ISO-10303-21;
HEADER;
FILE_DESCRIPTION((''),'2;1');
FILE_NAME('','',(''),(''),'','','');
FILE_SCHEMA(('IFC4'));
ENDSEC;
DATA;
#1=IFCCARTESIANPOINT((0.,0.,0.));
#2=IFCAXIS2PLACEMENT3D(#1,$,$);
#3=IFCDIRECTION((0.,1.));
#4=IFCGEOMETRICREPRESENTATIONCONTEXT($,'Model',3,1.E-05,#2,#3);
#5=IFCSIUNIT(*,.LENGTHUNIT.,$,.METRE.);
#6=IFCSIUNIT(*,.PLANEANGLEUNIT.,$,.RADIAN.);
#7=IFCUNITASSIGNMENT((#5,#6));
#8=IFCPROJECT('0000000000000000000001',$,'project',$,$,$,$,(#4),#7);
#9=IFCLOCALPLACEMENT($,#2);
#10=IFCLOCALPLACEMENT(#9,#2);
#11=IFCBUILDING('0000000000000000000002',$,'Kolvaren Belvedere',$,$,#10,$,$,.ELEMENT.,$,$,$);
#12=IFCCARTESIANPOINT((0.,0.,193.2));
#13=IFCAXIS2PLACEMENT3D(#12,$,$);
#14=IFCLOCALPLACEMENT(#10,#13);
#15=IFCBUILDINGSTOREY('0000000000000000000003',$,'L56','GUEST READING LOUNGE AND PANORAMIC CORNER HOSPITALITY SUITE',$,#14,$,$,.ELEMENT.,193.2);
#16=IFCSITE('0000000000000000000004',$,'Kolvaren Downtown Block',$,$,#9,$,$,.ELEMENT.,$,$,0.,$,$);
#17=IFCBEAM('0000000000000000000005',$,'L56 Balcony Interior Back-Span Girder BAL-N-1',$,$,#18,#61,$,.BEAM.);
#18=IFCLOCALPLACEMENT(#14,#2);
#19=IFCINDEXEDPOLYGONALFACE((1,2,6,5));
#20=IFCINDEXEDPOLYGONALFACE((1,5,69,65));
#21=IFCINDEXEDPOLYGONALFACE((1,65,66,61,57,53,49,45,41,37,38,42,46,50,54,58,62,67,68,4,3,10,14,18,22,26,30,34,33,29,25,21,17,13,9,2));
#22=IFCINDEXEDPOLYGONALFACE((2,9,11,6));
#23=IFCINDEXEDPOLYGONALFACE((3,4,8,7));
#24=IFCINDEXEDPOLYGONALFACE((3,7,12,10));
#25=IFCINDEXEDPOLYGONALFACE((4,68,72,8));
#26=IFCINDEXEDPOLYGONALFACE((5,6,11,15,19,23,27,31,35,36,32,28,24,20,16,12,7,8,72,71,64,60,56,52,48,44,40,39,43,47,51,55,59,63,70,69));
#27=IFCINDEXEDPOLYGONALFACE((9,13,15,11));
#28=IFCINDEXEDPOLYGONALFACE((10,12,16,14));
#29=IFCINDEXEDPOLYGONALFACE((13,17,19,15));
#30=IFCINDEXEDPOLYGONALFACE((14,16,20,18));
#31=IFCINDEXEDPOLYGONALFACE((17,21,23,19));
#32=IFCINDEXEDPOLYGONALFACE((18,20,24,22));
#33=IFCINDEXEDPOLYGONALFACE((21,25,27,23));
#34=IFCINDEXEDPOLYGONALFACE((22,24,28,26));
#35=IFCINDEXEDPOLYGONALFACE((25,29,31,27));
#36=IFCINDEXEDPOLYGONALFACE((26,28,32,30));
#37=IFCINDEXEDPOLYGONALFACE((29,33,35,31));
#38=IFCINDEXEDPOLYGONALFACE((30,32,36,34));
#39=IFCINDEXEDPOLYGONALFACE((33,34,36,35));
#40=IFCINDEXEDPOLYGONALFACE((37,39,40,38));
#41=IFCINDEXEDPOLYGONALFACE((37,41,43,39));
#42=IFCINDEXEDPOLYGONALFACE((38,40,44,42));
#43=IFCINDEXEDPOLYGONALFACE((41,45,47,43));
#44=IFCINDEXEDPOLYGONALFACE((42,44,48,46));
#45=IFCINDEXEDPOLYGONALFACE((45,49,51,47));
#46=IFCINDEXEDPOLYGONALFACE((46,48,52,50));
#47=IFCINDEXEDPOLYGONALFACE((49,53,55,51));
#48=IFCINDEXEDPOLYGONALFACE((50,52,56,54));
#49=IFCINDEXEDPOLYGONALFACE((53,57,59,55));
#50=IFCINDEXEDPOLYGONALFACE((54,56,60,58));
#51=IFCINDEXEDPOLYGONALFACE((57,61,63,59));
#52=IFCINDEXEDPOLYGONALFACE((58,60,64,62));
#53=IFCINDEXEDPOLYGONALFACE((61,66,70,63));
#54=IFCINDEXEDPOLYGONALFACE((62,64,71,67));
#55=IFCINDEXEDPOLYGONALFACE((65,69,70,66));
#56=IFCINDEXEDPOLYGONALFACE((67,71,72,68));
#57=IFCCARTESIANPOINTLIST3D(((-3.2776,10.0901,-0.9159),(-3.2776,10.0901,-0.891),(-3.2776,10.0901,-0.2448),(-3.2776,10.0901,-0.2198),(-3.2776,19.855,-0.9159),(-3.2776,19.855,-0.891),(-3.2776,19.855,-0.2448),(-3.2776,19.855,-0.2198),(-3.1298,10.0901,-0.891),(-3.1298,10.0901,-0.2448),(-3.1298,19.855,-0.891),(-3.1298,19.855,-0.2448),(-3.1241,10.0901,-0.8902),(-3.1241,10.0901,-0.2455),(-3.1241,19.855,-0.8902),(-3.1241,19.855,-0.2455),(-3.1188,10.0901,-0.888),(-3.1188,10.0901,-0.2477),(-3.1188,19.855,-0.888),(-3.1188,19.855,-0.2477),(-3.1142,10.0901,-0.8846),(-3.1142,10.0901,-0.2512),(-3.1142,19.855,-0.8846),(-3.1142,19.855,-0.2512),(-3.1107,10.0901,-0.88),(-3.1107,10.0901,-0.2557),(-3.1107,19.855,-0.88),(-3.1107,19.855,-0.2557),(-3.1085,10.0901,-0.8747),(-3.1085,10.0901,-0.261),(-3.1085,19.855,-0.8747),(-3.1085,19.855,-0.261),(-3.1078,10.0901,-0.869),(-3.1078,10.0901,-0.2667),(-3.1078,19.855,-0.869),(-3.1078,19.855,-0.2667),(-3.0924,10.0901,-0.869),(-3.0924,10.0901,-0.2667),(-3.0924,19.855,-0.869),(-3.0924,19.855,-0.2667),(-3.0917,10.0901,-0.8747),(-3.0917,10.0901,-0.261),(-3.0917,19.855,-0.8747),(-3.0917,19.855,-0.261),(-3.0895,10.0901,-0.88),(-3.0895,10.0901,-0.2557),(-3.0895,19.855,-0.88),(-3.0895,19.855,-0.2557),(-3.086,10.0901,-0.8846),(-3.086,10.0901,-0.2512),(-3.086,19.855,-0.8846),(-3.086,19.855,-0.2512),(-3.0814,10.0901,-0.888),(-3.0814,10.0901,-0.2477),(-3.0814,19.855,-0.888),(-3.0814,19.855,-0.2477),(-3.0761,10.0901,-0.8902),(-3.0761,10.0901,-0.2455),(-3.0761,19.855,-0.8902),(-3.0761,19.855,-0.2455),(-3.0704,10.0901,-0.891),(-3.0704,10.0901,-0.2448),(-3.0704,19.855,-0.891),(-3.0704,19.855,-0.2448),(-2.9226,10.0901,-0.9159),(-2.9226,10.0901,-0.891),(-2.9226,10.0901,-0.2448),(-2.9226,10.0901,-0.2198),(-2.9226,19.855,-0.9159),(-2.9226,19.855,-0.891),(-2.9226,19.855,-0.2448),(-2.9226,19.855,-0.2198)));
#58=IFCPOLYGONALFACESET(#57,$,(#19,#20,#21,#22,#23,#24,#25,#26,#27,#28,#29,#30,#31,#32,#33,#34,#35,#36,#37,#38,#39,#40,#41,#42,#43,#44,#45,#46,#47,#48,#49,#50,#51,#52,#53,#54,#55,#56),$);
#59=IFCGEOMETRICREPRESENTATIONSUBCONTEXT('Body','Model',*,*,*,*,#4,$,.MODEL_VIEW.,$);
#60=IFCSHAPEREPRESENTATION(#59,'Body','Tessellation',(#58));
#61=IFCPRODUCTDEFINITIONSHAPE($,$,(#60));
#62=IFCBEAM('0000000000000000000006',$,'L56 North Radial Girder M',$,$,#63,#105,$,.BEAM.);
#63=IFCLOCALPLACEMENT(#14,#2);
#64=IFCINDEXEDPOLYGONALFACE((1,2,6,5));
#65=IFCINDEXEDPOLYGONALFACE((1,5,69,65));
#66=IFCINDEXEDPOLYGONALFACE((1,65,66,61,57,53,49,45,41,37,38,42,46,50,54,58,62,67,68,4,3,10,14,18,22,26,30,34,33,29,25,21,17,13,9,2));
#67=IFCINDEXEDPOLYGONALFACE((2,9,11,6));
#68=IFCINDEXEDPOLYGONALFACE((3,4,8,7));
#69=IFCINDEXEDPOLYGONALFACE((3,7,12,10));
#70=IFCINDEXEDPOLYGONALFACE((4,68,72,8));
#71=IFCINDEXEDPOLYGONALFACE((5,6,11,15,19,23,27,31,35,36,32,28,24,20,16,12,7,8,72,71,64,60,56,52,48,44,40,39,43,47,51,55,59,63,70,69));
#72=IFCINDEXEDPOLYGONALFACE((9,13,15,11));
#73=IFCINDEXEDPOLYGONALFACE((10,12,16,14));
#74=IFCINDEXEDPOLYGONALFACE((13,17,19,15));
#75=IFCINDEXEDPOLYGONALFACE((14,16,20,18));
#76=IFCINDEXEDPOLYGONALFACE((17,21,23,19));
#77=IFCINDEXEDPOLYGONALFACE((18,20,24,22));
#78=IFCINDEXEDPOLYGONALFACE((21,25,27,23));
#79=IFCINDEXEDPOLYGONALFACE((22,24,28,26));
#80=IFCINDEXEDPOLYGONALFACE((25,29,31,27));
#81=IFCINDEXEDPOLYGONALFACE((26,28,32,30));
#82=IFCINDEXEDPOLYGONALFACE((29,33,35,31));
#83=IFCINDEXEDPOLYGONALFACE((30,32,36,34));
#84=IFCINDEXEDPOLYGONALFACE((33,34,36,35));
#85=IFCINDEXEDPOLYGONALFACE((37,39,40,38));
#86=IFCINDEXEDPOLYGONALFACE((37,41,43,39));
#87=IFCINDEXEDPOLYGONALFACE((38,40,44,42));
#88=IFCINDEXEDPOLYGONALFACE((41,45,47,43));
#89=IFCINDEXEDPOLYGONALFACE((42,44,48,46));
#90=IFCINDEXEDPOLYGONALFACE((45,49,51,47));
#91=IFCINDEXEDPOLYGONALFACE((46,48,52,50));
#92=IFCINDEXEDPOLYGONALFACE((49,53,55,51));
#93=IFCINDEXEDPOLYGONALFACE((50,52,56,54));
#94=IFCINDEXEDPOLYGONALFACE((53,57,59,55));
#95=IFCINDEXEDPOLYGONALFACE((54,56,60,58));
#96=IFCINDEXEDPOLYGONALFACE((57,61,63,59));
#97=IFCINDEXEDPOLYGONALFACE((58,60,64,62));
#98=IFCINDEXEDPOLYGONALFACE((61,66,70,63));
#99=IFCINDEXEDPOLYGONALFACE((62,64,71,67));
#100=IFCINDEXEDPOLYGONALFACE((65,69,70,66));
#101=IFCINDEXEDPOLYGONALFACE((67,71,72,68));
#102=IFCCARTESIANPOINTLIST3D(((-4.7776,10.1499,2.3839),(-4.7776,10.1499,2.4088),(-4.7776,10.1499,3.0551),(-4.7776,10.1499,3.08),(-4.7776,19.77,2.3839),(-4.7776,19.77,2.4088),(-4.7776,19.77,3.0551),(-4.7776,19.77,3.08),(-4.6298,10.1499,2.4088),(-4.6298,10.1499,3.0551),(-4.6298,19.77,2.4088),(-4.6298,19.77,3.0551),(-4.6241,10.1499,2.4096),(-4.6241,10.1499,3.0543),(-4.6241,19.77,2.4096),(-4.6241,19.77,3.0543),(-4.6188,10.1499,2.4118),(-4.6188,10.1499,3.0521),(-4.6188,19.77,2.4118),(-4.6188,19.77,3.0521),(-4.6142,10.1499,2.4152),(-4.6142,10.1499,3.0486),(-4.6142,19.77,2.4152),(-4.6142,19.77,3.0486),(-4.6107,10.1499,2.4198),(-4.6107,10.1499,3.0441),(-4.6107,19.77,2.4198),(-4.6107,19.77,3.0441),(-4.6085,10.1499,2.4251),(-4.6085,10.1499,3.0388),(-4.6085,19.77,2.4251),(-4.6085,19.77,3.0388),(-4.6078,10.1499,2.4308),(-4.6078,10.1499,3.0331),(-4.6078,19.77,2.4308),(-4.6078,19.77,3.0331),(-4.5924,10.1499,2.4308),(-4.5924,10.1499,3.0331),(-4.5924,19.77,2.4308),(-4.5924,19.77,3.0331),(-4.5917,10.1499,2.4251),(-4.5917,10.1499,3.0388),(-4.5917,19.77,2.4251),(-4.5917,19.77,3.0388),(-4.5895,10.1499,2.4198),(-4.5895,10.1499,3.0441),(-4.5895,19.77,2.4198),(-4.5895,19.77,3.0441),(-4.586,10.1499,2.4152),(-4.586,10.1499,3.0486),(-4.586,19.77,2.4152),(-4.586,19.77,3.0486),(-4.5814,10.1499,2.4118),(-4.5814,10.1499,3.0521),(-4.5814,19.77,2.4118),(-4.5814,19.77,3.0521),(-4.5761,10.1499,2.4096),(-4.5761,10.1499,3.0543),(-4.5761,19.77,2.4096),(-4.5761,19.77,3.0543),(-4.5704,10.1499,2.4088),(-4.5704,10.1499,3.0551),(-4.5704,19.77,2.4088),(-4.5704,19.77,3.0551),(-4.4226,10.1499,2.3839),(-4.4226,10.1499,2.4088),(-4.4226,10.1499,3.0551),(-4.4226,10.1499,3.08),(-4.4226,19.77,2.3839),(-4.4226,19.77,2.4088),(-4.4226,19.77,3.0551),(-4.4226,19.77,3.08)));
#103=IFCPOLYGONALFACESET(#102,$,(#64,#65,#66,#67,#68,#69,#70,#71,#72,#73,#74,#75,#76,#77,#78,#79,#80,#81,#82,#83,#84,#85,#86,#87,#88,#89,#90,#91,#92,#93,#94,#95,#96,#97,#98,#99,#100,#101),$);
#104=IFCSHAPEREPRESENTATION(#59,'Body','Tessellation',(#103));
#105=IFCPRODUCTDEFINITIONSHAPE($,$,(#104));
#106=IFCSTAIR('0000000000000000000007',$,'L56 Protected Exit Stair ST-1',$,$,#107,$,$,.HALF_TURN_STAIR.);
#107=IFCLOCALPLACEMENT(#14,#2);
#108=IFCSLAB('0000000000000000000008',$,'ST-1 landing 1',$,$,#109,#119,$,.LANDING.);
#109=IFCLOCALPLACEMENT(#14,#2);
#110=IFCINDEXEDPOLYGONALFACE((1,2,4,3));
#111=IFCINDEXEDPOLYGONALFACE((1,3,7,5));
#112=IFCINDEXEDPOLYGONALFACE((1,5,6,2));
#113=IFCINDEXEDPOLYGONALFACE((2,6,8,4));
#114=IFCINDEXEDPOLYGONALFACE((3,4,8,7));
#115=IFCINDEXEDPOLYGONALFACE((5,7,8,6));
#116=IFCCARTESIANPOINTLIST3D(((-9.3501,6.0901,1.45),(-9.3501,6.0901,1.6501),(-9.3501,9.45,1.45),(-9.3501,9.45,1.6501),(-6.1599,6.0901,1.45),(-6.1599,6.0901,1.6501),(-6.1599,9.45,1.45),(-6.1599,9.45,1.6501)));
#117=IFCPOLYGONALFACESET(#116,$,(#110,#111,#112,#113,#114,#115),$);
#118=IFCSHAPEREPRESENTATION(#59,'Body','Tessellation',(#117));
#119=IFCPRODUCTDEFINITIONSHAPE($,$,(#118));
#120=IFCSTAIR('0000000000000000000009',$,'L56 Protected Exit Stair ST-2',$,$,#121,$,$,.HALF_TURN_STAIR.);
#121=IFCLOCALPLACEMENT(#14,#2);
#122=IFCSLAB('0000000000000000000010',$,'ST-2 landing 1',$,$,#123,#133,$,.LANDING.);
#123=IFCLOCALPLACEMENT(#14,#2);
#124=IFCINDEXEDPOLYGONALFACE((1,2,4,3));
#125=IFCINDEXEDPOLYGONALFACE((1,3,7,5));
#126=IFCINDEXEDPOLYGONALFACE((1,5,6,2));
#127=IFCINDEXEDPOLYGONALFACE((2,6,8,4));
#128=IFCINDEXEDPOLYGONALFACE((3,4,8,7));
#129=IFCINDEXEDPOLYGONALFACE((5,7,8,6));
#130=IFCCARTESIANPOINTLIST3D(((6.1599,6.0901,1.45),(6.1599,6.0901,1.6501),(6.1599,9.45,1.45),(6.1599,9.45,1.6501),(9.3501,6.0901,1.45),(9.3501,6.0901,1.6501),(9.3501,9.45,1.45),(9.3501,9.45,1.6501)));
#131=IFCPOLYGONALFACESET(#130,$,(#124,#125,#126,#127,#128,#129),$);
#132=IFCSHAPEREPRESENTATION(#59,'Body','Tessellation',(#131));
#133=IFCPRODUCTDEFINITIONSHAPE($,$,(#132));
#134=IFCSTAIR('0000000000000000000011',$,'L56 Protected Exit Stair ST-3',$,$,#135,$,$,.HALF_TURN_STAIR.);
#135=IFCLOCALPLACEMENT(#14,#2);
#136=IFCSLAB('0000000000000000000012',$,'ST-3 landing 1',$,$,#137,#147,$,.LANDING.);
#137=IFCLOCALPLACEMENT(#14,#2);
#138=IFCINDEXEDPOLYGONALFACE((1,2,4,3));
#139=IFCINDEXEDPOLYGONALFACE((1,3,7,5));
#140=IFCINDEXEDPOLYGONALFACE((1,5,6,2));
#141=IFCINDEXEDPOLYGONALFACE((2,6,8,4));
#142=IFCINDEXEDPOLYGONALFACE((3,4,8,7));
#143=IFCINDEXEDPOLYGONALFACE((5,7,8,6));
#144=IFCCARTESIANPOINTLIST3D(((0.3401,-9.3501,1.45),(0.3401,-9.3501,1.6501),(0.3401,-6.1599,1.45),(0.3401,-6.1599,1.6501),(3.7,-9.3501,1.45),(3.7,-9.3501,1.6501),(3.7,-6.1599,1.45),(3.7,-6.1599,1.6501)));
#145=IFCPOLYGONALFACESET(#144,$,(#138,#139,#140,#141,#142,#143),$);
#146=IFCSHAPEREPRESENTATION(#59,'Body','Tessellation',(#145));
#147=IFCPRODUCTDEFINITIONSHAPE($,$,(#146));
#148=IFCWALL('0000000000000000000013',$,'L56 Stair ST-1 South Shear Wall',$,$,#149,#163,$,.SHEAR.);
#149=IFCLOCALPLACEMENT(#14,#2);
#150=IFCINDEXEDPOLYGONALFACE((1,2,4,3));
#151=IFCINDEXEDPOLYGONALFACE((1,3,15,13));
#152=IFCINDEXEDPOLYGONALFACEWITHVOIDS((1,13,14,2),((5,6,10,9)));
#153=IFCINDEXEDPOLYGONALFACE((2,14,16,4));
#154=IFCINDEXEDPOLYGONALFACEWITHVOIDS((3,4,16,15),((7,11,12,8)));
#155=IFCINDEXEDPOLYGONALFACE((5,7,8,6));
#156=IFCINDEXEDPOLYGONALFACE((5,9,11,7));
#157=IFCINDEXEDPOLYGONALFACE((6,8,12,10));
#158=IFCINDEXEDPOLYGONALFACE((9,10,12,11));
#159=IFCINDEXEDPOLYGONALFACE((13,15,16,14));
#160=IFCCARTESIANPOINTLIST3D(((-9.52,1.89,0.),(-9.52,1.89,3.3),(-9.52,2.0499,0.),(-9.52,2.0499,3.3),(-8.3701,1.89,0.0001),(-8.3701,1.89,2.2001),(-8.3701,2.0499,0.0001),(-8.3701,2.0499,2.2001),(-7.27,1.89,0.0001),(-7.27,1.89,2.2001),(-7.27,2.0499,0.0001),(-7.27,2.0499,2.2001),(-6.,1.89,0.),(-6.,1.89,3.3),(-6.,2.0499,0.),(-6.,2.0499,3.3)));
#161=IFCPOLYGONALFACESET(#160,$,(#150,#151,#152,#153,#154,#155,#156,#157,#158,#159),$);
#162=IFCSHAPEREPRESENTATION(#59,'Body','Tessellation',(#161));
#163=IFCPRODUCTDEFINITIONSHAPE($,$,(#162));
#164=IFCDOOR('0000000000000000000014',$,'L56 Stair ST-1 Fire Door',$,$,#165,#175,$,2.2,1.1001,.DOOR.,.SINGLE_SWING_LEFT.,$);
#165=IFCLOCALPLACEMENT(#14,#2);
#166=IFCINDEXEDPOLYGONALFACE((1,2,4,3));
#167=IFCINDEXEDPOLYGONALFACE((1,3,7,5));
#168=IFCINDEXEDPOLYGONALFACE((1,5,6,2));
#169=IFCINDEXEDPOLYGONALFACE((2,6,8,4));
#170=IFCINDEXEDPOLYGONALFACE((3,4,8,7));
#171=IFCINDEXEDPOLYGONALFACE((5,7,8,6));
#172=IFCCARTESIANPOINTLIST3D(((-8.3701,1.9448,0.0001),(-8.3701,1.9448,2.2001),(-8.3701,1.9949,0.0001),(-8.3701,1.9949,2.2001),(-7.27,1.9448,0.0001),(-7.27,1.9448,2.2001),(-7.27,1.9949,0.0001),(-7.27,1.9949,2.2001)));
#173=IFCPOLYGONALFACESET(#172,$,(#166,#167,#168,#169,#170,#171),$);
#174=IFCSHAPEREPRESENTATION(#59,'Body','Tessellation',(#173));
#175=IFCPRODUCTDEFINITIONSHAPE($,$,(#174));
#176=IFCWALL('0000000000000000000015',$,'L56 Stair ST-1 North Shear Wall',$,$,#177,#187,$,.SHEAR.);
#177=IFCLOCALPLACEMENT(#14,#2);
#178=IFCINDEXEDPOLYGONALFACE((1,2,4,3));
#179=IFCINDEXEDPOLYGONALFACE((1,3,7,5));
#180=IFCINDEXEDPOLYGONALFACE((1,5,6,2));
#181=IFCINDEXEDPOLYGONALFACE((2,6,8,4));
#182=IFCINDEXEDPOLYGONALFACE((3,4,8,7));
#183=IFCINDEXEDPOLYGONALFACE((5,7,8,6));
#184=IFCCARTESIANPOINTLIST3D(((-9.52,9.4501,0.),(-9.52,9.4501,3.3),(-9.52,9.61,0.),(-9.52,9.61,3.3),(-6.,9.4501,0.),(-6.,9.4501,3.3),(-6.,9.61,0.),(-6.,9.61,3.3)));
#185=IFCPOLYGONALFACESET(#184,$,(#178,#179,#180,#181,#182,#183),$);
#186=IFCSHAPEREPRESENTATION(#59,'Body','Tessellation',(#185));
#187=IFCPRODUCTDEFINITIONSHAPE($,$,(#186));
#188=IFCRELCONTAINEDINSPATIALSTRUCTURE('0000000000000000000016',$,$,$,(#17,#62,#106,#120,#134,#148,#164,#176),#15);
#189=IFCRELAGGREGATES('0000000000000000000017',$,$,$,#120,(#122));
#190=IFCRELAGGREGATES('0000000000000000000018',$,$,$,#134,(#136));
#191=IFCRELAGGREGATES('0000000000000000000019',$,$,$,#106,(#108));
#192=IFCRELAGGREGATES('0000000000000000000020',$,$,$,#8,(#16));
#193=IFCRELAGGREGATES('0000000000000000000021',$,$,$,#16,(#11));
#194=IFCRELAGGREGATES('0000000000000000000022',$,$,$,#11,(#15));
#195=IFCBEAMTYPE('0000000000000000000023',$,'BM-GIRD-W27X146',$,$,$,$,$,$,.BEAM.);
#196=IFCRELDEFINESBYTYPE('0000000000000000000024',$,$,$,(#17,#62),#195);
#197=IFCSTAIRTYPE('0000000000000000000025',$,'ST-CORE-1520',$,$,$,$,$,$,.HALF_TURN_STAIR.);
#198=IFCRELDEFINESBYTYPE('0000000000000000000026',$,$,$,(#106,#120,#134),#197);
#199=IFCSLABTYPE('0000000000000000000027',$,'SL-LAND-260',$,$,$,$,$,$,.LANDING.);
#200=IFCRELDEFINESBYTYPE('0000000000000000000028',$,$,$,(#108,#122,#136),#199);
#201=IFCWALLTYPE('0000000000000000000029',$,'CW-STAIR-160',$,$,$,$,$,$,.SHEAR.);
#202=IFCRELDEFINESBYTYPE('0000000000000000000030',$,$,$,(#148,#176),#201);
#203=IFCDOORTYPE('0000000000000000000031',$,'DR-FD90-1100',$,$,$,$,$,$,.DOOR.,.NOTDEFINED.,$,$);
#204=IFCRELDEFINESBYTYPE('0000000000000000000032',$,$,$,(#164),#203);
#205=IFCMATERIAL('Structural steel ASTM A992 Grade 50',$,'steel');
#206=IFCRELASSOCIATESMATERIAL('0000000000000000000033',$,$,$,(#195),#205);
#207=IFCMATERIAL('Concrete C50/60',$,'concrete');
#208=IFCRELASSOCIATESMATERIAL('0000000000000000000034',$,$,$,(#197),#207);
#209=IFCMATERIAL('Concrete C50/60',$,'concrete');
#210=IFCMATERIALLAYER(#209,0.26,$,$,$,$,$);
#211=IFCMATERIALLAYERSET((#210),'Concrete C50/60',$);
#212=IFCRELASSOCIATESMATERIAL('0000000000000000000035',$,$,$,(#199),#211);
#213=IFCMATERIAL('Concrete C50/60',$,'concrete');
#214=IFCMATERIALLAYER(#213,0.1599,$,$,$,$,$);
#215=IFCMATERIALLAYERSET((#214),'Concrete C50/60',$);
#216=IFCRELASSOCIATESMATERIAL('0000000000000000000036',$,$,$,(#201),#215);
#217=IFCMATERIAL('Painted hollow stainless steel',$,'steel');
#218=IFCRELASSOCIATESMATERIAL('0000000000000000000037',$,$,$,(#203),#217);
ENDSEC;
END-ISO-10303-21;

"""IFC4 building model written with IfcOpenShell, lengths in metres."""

from ifc_helpers import new_model, si_unit, direction, frame, frame_2d, origin, origin_2d, place, context, subcontext, project, spatial, polyline, rectangle, i_section, outline, extrude, material, layer, layer_set, material_profile, profile_set, type_object, element, fill, aggregate, save


model = new_model("IFC4")

# Units and contexts
model_context = context("Model", 3, precision=1e-05, world=origin(), true_north=direction((0.0, 1.0)))
body_context = subcontext(model_context, "Body", "Model", "MODEL_VIEW")
ifc_project = project(units=[si_unit("LENGTHUNIT", "METRE"), si_unit("PLANEANGLEUNIT", "RADIAN")], contexts=[model_context])

# Site, building, storey
site_placement = place(None, origin())
site = spatial("IfcSite", under=ifc_project, at=site_placement, Name="Kolvaren Downtown Block", CompositionType="ELEMENT", RefElevation=0.0)
building_placement = place(site_placement, origin())
building = spatial("IfcBuilding", under=site, at=building_placement, Name="Kolvaren Belvedere", CompositionType="ELEMENT")
storey_placement = place(building_placement, frame((0.0, 0.0, 193.2)))
storey = spatial("IfcBuildingStorey", under=building, at=storey_placement, Name="L56", Description="GUEST READING LOUNGE AND PANORAMIC CORNER HOSPITALITY SUITE", CompositionType="ELEMENT", Elevation=193.2)

# Beams
ifc_material_1 = material(Name="Structural steel ASTM A992 Grade 50", Category="steel")
ifc_material_profile = material_profile(ifc_material_1, i_section(OverallWidth=0.355, OverallDepth=0.696, WebThickness=0.0154, FlangeThickness=0.0249, FilletRadius=0.022, at=origin_2d()), Name="W27X146")
ifc_profile_set = profile_set([ifc_material_profile], Name="Structural steel ASTM A992 Grade 50")
beam_type = type_object("IfcBeamType", Name="BM-GIRD-W27X146", PredefinedType="BEAM", material=ifc_profile_set)
beam_1_placement = place(storey_placement, frame((-3.1001, 10.0901, -0.5679), z_axis=(0.0, 1.0, 0.0), x_axis=(-1.0, 0.0, 0.0)))
element("IfcBeam", 1, at=beam_1_placement, inside=storey, type_object=beam_type, Name="L56 Balcony Interior Back-Span Girder BAL-N-1", PredefinedType="BEAM", context=body_context, shape_type="SweptSolid", body=[
    extrude(i_section(OverallWidth=0.355, OverallDepth=0.696, WebThickness=0.0154, FlangeThickness=0.0249, FilletRadius=0.022, at=origin_2d()), origin(), (0.0, 0.0, 1.0), 9.7649),
])
beam_2_placement = place(storey_placement, frame((-4.6001, 10.1499, 2.7319), z_axis=(0.0, 1.0, 0.0), x_axis=(-1.0, 0.0, 0.0)))
element("IfcBeam", 2, at=beam_2_placement, inside=storey, type_object=beam_type, Name="L56 North Radial Girder M", PredefinedType="BEAM", context=body_context, shape_type="SweptSolid", body=[
    extrude(i_section(OverallWidth=0.355, OverallDepth=0.696, WebThickness=0.0154, FlangeThickness=0.0249, FilletRadius=0.022, at=origin_2d()), origin(), (0.0, 0.0, 1.0), 9.6201),
])

# Stairs, slabs
ifc_material_2 = material(Name="Concrete C50/60", Category="concrete")
stair_type = type_object("IfcStairType", Name="ST-CORE-1520", PredefinedType="HALF_TURN_STAIR", material=ifc_material_2)
stair_1_placement = place(storey_placement, origin())
stair_1 = element("IfcStair", 3, at=stair_1_placement, inside=storey, type_object=stair_type, Name="L56 Protected Exit Stair ST-1", PredefinedType="HALF_TURN_STAIR")
ifc_material_3 = material(Name="Concrete C50/60", Category="concrete")
ifc_layer_1 = layer(ifc_material_3, 0.26)
ifc_layer_set_1 = layer_set([ifc_layer_1], Name="Concrete C50/60")
slab_type = type_object("IfcSlabType", Name="SL-LAND-260", PredefinedType="LANDING", material=ifc_layer_set_1)
slab_1_placement = place(storey_placement, frame((0.0, 0.0, 1.45)))
slab_1 = element("IfcSlab", 4, at=slab_1_placement, type_object=slab_type, Name="ST-1 landing 1", PredefinedType="LANDING", context=body_context, shape_type="SweptSolid", body=[
    extrude(outline(polyline([(-6.1599, 6.0901), (-6.1599, 9.45), (-9.3501, 9.45), (-9.3501, 6.0901), (-6.1599, 6.0901)])), origin(), (0.0, 0.0, 1.0), 0.2002),
])
stair_2_placement = place(storey_placement, origin())
stair_2 = element("IfcStair", 5, at=stair_2_placement, inside=storey, type_object=stair_type, Name="L56 Protected Exit Stair ST-2", PredefinedType="HALF_TURN_STAIR")
slab_2_placement = place(storey_placement, frame((0.0, 0.0, 1.45)))
slab_2 = element("IfcSlab", 6, at=slab_2_placement, type_object=slab_type, Name="ST-2 landing 1", PredefinedType="LANDING", context=body_context, shape_type="SweptSolid", body=[
    extrude(outline(polyline([(9.3501, 6.0901), (9.3501, 9.45), (6.1599, 9.45), (6.1599, 6.0901), (9.3501, 6.0901)])), origin(), (0.0, 0.0, 1.0), 0.2002),
])
aggregate(stair_2, [slab_2])
stair_3_placement = place(storey_placement, origin())
stair_3 = element("IfcStair", 7, at=stair_3_placement, inside=storey, type_object=stair_type, Name="L56 Protected Exit Stair ST-3", PredefinedType="HALF_TURN_STAIR")
slab_3_placement = place(storey_placement, frame((0.0, 0.0, 1.45)))
slab_3 = element("IfcSlab", 8, at=slab_3_placement, type_object=slab_type, Name="ST-3 landing 1", PredefinedType="LANDING", context=body_context, shape_type="SweptSolid", body=[
    extrude(outline(polyline([(0.3401, -9.3501), (3.7, -9.3501), (3.7, -6.1599), (0.3401, -6.1599), (0.3401, -9.3501)])), origin(), (0.0, 0.0, 1.0), 0.2002),
])
aggregate(stair_3, [slab_3])

# Wall, opening, door
ifc_material_4 = material(Name="Concrete C50/60", Category="concrete")
ifc_layer_2 = layer(ifc_material_4, 0.1599)
ifc_layer_set_2 = layer_set([ifc_layer_2], Name="Concrete C50/60")
wall_type_1 = type_object("IfcWallType", Name="CW-STAIR-160", PredefinedType="SHEAR", material=ifc_layer_set_2)
wall_1_placement = place(storey_placement, frame((-9.52, 1.97, 0.0), z_axis=(0.0, 0.0, 1.0), x_axis=(1.0, 0.0, 0.0)))
wall_1 = element("IfcWall", 9, at=wall_1_placement, inside=storey, type_object=wall_type_1, Name="L56 Stair ST-1 South Shear Wall", PredefinedType="SHEAR", context=body_context, shape_type="SweptSolid", body=[
    extrude(rectangle(XDim=3.52, YDim=0.1599, at=frame_2d((1.76, 0.0))), origin(), (0.0, 0.0, 1.0), 3.3),
])
opening_1_placement = place(wall_1_placement, frame((1.1499, 0.0, 0.0)))
opening_1 = element("IfcOpeningElement", 10, at=opening_1_placement, cuts=wall_1, PredefinedType="OPENING", context=body_context, shape_type="SweptSolid", body=[
    extrude(rectangle(XDim=1.1001, YDim=2.2, at=frame_2d((0.55, 1.1001))), frame((0.0, 0.0898, 0.0), z_axis=(0.0, -1.0, 0.0), x_axis=(1.0, 0.0, 0.0)), (0.0, 0.0, 1.0), 0.1799),
])
ifc_material_5 = material(Name="Painted hollow stainless steel", Category="steel")
door_type_1 = type_object("IfcDoorType", Name="DR-FD90-1100", OperationType="NOTDEFINED", PredefinedType="DOOR", material=ifc_material_5)
door_1_placement = place(opening_1_placement, origin())
door_1 = element("IfcDoor", 11, at=door_1_placement, inside=storey, type_object=door_type_1, Name="L56 Stair ST-1 Fire Door", OperationType="SINGLE_SWING_LEFT", OverallHeight=2.2, OverallWidth=1.1001, PredefinedType="DOOR", context=body_context, shape_type="SweptSolid", body=[
    extrude(rectangle(XDim=1.1001, YDim=2.2, at=frame_2d((0.55, 1.1001))), frame((0.0, 0.0249, 0.0), z_axis=(0.0, -1.0, 0.0), x_axis=(1.0, 0.0, 0.0)), (0.0, 0.0, 1.0), 0.05),
])
fill(opening_1, door_1)

# Wall
wall_2_placement = place(storey_placement, frame((-9.52, 9.53, 0.0), z_axis=(0.0, 0.0, 1.0), x_axis=(1.0, 0.0, 0.0)))
element("IfcWall", 12, at=wall_2_placement, inside=storey, type_object=wall_type_1, Name="L56 Stair ST-1 North Shear Wall", PredefinedType="SHEAR", context=body_context, shape_type="SweptSolid", body=[
    extrude(rectangle(XDim=3.52, YDim=0.1599, at=frame_2d((1.76, 0.0))), origin(), (0.0, 0.0, 1.0), 3.3),
])

aggregate(stair_1, [slab_1])

save(model, "model.ifc")
